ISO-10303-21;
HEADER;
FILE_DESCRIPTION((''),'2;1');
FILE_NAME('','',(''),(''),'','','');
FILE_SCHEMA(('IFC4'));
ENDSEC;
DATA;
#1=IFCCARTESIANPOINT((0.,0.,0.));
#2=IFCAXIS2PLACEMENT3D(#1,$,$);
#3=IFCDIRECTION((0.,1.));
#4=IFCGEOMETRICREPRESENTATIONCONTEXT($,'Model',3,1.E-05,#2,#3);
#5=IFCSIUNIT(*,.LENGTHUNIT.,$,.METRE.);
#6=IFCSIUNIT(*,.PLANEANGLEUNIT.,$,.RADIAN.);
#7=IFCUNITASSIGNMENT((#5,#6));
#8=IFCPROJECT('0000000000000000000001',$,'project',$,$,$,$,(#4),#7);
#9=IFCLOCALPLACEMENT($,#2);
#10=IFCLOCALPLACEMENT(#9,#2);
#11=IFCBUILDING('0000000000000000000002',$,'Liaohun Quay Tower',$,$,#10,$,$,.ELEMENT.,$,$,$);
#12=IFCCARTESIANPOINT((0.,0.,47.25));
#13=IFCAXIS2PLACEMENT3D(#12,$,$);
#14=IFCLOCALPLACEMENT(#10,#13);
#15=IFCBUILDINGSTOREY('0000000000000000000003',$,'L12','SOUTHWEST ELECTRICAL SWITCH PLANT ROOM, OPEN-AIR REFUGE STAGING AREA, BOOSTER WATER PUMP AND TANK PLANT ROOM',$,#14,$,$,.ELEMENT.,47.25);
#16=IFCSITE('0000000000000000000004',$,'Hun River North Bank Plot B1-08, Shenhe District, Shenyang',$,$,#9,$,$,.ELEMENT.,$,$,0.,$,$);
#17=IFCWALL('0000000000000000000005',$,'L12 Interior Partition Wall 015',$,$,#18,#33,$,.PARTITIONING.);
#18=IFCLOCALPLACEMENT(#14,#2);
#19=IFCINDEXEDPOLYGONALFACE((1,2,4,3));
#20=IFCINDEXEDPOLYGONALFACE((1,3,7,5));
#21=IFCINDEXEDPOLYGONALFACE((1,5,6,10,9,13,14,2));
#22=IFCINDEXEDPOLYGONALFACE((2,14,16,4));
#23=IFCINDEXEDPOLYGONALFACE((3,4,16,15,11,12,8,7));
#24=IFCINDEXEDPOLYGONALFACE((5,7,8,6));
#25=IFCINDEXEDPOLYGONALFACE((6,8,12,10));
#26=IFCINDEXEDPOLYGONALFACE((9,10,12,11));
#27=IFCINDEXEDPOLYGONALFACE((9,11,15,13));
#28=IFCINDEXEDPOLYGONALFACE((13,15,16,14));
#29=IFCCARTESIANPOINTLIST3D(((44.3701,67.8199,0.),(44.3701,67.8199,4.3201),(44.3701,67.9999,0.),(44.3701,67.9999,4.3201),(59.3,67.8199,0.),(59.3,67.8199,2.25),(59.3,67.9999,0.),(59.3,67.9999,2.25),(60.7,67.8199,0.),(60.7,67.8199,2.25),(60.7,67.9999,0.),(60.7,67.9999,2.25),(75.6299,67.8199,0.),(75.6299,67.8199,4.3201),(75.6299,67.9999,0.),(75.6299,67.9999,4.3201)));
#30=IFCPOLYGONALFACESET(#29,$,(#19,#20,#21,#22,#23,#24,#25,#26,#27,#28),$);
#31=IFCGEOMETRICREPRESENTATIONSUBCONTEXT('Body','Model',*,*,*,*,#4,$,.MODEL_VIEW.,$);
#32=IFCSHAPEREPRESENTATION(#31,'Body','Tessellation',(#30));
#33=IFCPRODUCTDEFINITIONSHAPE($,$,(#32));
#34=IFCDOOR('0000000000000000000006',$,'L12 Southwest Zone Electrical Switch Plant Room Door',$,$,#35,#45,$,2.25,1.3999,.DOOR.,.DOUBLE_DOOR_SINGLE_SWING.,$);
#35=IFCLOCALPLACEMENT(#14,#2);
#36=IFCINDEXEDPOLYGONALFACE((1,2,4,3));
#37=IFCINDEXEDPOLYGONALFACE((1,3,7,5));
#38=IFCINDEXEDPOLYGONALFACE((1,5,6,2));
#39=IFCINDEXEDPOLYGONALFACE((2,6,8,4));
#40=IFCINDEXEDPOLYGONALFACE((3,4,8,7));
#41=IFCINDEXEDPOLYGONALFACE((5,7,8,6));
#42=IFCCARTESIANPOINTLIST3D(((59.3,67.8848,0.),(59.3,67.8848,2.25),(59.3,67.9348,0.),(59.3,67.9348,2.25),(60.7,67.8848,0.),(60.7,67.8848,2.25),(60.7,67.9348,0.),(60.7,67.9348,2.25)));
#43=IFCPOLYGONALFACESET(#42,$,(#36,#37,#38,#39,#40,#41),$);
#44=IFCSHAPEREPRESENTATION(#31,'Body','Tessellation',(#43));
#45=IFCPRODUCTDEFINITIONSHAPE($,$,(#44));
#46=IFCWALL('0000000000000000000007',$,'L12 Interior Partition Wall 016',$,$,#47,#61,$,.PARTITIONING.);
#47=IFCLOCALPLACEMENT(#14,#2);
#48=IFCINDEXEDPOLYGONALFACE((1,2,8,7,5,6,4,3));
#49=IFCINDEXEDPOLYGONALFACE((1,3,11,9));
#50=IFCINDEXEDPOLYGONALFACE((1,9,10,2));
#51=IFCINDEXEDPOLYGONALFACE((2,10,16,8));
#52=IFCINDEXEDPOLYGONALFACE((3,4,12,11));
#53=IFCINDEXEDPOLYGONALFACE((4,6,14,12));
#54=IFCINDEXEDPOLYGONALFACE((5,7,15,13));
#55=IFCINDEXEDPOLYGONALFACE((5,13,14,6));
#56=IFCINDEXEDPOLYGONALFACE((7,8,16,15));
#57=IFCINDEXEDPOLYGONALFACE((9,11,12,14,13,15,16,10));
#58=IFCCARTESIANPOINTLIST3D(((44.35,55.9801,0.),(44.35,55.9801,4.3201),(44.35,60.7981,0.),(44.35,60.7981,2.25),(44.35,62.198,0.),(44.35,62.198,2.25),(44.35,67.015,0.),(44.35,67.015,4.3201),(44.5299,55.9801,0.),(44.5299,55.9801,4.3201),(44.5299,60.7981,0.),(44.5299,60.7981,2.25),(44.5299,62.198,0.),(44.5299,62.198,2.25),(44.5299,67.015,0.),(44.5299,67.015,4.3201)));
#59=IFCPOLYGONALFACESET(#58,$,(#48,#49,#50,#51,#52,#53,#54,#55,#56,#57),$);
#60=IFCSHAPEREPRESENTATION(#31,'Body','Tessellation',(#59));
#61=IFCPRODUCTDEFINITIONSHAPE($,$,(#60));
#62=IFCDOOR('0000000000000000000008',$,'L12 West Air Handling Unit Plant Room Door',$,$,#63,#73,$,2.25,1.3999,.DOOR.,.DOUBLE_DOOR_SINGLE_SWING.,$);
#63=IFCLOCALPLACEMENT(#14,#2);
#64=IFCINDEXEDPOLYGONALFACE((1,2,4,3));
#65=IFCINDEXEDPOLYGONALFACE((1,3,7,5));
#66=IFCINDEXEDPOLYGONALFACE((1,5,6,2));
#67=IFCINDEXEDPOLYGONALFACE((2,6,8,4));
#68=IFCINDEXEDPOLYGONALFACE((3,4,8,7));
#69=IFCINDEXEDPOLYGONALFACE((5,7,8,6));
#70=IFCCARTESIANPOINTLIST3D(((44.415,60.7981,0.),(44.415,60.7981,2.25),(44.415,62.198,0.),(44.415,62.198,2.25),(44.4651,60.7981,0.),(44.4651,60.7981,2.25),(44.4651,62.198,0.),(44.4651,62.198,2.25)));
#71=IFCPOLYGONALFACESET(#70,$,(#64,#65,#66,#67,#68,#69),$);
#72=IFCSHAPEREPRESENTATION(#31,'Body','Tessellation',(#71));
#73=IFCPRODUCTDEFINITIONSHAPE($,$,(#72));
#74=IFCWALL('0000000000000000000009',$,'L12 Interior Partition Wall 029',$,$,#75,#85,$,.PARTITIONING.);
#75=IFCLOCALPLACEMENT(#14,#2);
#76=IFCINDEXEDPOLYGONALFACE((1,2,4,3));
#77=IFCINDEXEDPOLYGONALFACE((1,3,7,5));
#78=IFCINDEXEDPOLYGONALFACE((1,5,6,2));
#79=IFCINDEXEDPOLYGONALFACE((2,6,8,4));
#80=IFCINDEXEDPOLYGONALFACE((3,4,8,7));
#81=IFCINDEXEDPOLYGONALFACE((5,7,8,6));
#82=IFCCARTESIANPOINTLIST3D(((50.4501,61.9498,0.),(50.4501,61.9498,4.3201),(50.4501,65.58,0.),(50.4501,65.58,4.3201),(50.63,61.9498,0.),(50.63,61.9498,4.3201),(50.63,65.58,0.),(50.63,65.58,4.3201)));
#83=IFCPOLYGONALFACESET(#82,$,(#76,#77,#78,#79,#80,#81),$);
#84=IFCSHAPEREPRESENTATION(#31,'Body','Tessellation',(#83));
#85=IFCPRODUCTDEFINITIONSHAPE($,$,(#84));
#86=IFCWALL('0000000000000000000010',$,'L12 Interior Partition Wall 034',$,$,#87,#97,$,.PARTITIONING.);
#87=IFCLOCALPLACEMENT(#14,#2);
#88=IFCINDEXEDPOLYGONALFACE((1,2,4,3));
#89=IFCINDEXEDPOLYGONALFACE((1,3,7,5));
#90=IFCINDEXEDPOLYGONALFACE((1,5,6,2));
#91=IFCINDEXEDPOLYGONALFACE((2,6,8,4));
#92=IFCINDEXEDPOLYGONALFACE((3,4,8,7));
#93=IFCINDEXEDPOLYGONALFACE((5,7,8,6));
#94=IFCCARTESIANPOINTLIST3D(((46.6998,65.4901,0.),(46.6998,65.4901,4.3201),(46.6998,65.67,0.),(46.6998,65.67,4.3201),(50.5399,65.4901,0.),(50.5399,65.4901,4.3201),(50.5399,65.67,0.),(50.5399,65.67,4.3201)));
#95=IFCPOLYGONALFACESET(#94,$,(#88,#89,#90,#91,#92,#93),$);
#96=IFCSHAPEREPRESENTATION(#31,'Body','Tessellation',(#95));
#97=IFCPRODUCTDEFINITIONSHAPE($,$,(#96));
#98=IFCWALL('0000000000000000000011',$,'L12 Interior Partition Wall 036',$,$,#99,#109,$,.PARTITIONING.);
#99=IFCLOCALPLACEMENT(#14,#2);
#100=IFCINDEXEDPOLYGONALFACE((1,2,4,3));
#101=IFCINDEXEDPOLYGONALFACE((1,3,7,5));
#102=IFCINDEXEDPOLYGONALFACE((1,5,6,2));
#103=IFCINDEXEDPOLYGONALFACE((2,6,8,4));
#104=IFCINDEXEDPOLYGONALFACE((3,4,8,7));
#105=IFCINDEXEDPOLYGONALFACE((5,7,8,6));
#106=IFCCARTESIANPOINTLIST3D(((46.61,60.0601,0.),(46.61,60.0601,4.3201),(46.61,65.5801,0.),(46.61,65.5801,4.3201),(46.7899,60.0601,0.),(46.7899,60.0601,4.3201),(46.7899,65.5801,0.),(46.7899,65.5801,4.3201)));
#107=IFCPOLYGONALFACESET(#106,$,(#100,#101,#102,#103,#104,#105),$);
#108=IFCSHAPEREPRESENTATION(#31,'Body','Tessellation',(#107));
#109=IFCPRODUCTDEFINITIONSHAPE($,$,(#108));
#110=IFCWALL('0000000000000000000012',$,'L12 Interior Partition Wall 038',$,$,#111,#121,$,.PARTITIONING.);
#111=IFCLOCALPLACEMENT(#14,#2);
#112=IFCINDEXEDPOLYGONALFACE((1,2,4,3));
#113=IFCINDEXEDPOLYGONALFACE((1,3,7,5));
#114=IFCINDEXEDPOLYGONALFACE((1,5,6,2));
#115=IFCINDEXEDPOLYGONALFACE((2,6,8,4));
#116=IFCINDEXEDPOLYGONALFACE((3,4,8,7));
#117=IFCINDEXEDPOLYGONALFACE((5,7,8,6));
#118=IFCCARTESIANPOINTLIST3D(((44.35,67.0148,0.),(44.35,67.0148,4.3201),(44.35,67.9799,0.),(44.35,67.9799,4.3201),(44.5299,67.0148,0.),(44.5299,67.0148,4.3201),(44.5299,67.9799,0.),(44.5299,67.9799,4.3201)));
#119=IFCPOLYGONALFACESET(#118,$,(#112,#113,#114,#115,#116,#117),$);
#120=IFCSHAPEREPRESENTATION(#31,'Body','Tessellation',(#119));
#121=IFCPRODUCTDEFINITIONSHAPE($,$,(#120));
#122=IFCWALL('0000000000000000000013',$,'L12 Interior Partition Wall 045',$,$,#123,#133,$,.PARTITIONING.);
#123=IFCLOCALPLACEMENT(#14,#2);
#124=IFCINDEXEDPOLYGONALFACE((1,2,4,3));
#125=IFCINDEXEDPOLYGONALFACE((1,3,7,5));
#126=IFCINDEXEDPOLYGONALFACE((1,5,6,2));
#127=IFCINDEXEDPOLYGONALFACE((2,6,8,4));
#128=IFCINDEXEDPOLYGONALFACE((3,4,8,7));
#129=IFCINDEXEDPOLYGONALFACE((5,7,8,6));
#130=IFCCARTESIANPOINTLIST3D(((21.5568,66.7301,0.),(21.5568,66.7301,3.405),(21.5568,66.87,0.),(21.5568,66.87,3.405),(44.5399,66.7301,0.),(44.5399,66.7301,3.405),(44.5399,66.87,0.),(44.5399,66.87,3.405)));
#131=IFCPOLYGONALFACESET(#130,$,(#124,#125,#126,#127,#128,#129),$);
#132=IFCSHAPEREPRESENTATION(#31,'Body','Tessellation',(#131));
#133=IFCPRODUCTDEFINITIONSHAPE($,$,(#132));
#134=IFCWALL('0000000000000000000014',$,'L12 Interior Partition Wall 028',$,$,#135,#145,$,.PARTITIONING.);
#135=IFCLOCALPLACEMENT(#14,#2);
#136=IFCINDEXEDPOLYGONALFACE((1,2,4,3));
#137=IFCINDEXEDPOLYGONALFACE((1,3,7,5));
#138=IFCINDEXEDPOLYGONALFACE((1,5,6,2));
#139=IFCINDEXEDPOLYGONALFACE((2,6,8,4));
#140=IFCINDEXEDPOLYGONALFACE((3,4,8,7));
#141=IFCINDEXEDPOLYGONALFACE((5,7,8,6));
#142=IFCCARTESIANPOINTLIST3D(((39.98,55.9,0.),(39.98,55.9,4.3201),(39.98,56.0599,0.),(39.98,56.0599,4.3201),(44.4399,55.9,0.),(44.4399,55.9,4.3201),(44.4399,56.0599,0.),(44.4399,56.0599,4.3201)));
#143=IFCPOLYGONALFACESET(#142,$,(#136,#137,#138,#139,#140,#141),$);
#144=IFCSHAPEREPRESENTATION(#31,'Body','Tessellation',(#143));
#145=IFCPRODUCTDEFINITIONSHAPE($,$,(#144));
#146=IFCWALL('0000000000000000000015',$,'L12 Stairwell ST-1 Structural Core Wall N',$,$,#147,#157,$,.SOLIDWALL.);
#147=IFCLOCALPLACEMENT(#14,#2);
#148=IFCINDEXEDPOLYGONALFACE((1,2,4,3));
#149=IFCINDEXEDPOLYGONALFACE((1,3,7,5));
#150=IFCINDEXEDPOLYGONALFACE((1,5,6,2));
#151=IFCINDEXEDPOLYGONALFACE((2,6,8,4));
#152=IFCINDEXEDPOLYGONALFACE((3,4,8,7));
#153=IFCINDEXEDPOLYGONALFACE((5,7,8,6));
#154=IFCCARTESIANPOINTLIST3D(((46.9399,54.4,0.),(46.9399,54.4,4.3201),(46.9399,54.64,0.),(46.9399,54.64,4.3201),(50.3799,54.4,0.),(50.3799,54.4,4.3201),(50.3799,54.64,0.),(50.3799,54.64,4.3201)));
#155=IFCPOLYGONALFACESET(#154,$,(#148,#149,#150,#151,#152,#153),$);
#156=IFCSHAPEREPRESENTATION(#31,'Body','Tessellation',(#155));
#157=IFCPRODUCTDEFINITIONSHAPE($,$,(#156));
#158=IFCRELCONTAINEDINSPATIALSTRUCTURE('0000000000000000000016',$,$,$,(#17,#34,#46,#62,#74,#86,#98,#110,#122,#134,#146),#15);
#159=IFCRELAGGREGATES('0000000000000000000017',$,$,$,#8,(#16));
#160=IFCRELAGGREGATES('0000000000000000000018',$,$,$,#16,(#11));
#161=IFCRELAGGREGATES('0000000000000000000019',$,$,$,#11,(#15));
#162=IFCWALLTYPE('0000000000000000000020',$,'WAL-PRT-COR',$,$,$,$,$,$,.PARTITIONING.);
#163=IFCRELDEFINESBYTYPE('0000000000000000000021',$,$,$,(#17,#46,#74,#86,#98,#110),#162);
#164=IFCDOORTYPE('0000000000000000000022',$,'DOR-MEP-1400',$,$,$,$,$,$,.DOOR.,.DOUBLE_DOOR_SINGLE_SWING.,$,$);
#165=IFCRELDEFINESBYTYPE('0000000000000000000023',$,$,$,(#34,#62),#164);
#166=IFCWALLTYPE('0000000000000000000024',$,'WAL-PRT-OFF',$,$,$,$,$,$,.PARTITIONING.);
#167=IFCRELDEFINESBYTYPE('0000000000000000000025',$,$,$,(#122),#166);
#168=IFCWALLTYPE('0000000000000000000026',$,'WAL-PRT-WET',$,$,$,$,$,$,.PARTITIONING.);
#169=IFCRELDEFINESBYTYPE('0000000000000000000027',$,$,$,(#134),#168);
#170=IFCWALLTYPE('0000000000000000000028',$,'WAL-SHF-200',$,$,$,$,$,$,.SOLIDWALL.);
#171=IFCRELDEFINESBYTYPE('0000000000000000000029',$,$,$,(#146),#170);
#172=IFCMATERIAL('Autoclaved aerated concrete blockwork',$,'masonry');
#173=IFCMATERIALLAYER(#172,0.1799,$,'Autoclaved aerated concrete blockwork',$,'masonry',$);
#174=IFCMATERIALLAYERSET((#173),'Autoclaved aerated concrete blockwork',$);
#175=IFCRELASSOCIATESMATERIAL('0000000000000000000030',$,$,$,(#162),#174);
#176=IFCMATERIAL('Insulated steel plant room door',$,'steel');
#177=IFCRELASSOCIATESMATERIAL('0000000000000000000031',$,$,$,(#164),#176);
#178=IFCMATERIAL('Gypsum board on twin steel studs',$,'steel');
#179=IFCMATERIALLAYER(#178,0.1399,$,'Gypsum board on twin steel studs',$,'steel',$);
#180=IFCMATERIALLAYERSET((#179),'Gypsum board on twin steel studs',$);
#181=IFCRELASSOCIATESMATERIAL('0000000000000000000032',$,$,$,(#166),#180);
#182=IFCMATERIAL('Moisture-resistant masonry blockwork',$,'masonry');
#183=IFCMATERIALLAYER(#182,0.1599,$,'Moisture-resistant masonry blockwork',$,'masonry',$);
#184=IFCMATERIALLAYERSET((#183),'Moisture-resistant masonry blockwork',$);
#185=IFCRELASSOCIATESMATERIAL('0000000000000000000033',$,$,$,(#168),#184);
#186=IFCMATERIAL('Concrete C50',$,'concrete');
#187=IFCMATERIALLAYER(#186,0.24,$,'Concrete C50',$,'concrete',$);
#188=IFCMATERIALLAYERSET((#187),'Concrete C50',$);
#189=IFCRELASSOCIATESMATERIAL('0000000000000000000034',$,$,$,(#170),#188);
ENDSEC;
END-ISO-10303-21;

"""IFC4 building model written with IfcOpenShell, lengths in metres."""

from ifc_helpers import new_model, si_unit, direction, frame, frame_2d, origin, place, context, subcontext, project, spatial, rectangle, extrude, source, transform, mapped, material, layer, layer_set, type_object, element, fill, save


model = new_model("IFC4")

# Units and contexts
model_context = context("Model", 3, precision=1e-05, world=origin(), true_north=direction((0.0, 1.0)))
body_context = subcontext(model_context, "Body", "Model", "MODEL_VIEW")
ifc_project = project(units=[si_unit("LENGTHUNIT", "METRE"), si_unit("PLANEANGLEUNIT", "RADIAN")], contexts=[model_context])

# Site, building, storey
site_placement = place(None, origin())
site = spatial("IfcSite", under=ifc_project, at=site_placement, Name="Hun River North Bank Plot B1-08, Shenhe District, Shenyang", CompositionType="ELEMENT", RefElevation=0.0)
building_placement = place(site_placement, origin())
building = spatial("IfcBuilding", under=site, at=building_placement, Name="Liaohun Quay Tower", CompositionType="ELEMENT")
storey_placement = place(building_placement, frame((0.0, 0.0, 47.25)))
storey = spatial("IfcBuildingStorey", under=building, at=storey_placement, Name="L12", Description="SOUTHWEST ELECTRICAL SWITCH PLANT ROOM, OPEN-AIR REFUGE STAGING AREA, BOOSTER WATER PUMP AND TANK PLANT ROOM", CompositionType="ELEMENT", Elevation=47.25)

# Walls, openings, doors
ifc_material_1 = material(Name="Autoclaved aerated concrete blockwork", Category="masonry")
ifc_layer_1 = layer(ifc_material_1, 0.1799, Name="Autoclaved aerated concrete blockwork", Category="masonry")
ifc_layer_set_1 = layer_set([ifc_layer_1], Name="Autoclaved aerated concrete blockwork")
wall_type_1 = type_object("IfcWallType", Name="WAL-PRT-COR", PredefinedType="PARTITIONING", material=ifc_layer_set_1)
wall_1_placement = place(storey_placement, frame((44.3701, 67.9099, 0.0), z_axis=(0.0, 0.0, 1.0), x_axis=(1.0, 0.0, 0.0)))
wall_1 = element("IfcWall", 1, at=wall_1_placement, inside=storey, type_object=wall_type_1, Name="L12 Interior Partition Wall 015", PredefinedType="PARTITIONING", context=body_context, shape_type="SweptSolid", body=[
    extrude(rectangle(XDim=31.2598, YDim=0.1799, at=frame_2d((15.6299, 0.0))), origin(), (0.0, 0.0, 1.0), 4.3201),
])
shared_shape_1 = source(origin(), body_context, "Body", "SweptSolid", [
    extrude(rectangle(XDim=1.3999, YDim=2.25, at=frame_2d((0.7, 1.125))), frame((0.0, 0.0999, 0.0), z_axis=(0.0, -1.0, 0.0), x_axis=(1.0, 0.0, 0.0)), (0.0, 0.0, 1.0), 0.2),
])
opening_1_placement = place(wall_1_placement, frame((14.9299, 0.0, 0.0)))
opening_1 = element("IfcOpeningElement", 2, at=opening_1_placement, cuts=wall_1, PredefinedType="OPENING", context=body_context, shape_type="MappedRepresentation", body=[
    mapped(shared_shape_1, transform((0.0, 0.0, 0.0), x_axis=(1.0, 0.0, 0.0), y_axis=(0.0, 1.0, 0.0), z_axis=(0.0, 0.0, 1.0), scale=1.0)),
])
ifc_material_2 = material(Name="Insulated steel plant room door", Category="steel")
door_type_1 = type_object("IfcDoorType", Name="DOR-MEP-1400", OperationType="DOUBLE_DOOR_SINGLE_SWING", PredefinedType="DOOR", material=ifc_material_2)
shared_shape_2 = source(origin(), body_context, "Body", "SweptSolid", [
    extrude(rectangle(XDim=1.3999, YDim=2.25, at=frame_2d((0.7, 1.125))), frame((0.0, 0.0249, 0.0), z_axis=(0.0, -1.0, 0.0), x_axis=(1.0, 0.0, 0.0)), (0.0, 0.0, 1.0), 0.05),
])
door_1_placement = place(opening_1_placement, origin())
door_1 = element("IfcDoor", 3, at=door_1_placement, inside=storey, type_object=door_type_1, Name="L12 Southwest Zone Electrical Switch Plant Room Door", OperationType="DOUBLE_DOOR_SINGLE_SWING", OverallHeight=2.25, OverallWidth=1.3999, PredefinedType="DOOR", context=body_context, shape_type="MappedRepresentation", body=[
    mapped(shared_shape_2, transform((0.0, 0.0, 0.0), x_axis=(1.0, 0.0, 0.0), y_axis=(0.0, 1.0, 0.0), z_axis=(0.0, 0.0, 1.0), scale=1.0)),
])
fill(opening_1, door_1)
wall_2_placement = place(storey_placement, frame((44.4399, 55.98, 0.0), z_axis=(0.0, 0.0, 1.0), x_axis=(0.0, 1.0, 0.0)))
wall_2 = element("IfcWall", 4, at=wall_2_placement, inside=storey, type_object=wall_type_1, Name="L12 Interior Partition Wall 016", PredefinedType="PARTITIONING", context=body_context, shape_type="SweptSolid", body=[
    extrude(rectangle(XDim=11.0349, YDim=0.1799, at=frame_2d((5.5176, 0.0))), origin(), (0.0, 0.0, 1.0), 4.3201),
])
opening_2_placement = place(wall_2_placement, frame((4.8181, 0.0, 0.0)))
opening_2 = element("IfcOpeningElement", 5, at=opening_2_placement, cuts=wall_2, PredefinedType="OPENING", context=body_context, shape_type="MappedRepresentation", body=[
    mapped(shared_shape_1, transform((0.0, 0.0, 0.0), x_axis=(1.0, 0.0, 0.0), y_axis=(0.0, 1.0, 0.0), z_axis=(0.0, 0.0, 1.0), scale=1.0)),
])
door_2_placement = place(opening_2_placement, origin())
door_2 = element("IfcDoor", 6, at=door_2_placement, inside=storey, type_object=door_type_1, Name="L12 West Air Handling Unit Plant Room Door", OperationType="DOUBLE_DOOR_SINGLE_SWING", OverallHeight=2.25, OverallWidth=1.3999, PredefinedType="DOOR", context=body_context, shape_type="MappedRepresentation", body=[
    mapped(shared_shape_2, transform((0.0, 0.0, 0.0), x_axis=(1.0, 0.0, 0.0), y_axis=(0.0, 1.0, 0.0), z_axis=(0.0, 0.0, 1.0), scale=1.0)),
])
fill(opening_2, door_2)

# Walls
wall_3_placement = place(storey_placement, frame((50.54, 61.95, 0.0), z_axis=(0.0, 0.0, 1.0), x_axis=(0.0, 1.0, 0.0)))
element("IfcWall", 7, at=wall_3_placement, inside=storey, type_object=wall_type_1, Name="L12 Interior Partition Wall 029", PredefinedType="PARTITIONING", context=body_context, shape_type="SweptSolid", body=[
    extrude(rectangle(XDim=3.6301, YDim=0.1799, at=frame_2d((1.8149, 0.0))), origin(), (0.0, 0.0, 1.0), 4.3201),
])
wall_4_placement = place(storey_placement, frame((46.7, 65.5801, 0.0), z_axis=(0.0, 0.0, 1.0), x_axis=(1.0, 0.0, 0.0)))
element("IfcWall", 8, at=wall_4_placement, inside=storey, type_object=wall_type_1, Name="L12 Interior Partition Wall 034", PredefinedType="PARTITIONING", context=body_context, shape_type="SweptSolid", body=[
    extrude(rectangle(XDim=3.8401, YDim=0.1799, at=frame_2d((1.9199, 0.0))), origin(), (0.0, 0.0, 1.0), 4.3201),
])
wall_5_placement = place(storey_placement, frame((46.7, 60.0601, 0.0), z_axis=(0.0, 0.0, 1.0), x_axis=(0.0, 1.0, 0.0)))
element("IfcWall", 9, at=wall_5_placement, inside=storey, type_object=wall_type_1, Name="L12 Interior Partition Wall 036", PredefinedType="PARTITIONING", context=body_context, shape_type="SweptSolid", body=[
    extrude(rectangle(XDim=5.52, YDim=0.1799, at=frame_2d((2.76, 0.0))), origin(), (0.0, 0.0, 1.0), 4.3201),
])
wall_6_placement = place(storey_placement, frame((44.4399, 67.0149, 0.0), z_axis=(0.0, 0.0, 1.0), x_axis=(0.0, 1.0, 0.0)))
element("IfcWall", 10, at=wall_6_placement, inside=storey, type_object=wall_type_1, Name="L12 Interior Partition Wall 038", PredefinedType="PARTITIONING", context=body_context, shape_type="SweptSolid", body=[
    extrude(rectangle(XDim=0.9651, YDim=0.1799, at=frame_2d((0.4824, 0.0))), origin(), (0.0, 0.0, 1.0), 4.3201),
])
ifc_material_3 = material(Name="Gypsum board on twin steel studs", Category="steel")
ifc_layer_2 = layer(ifc_material_3, 0.1399, Name="Gypsum board on twin steel studs", Category="steel")
ifc_layer_set_2 = layer_set([ifc_layer_2], Name="Gypsum board on twin steel studs")
wall_type_2 = type_object("IfcWallType", Name="WAL-PRT-OFF", PredefinedType="PARTITIONING", material=ifc_layer_set_2)
wall_7_placement = place(storey_placement, frame((44.54, 66.8, 0.0), z_axis=(0.0, 0.0, 1.0), x_axis=(-1.0, 0.0, 0.0)))
element("IfcWall", 11, at=wall_7_placement, inside=storey, type_object=wall_type_2, Name="L12 Interior Partition Wall 045", PredefinedType="PARTITIONING", context=body_context, shape_type="SweptSolid", body=[
    extrude(rectangle(XDim=22.9832, YDim=0.1399, at=frame_2d((11.4917, 0.0))), origin(), (0.0, 0.0, 1.0), 3.405),
])

# Shared definitions
ifc_material_4 = material(Name="Moisture-resistant masonry blockwork", Category="masonry")
ifc_layer_3 = layer(ifc_material_4, 0.1599, Name="Moisture-resistant masonry blockwork", Category="masonry")
ifc_layer_set_3 = layer_set([ifc_layer_3], Name="Moisture-resistant masonry blockwork")
wall_type_3 = type_object("IfcWallType", Name="WAL-PRT-WET", PredefinedType="PARTITIONING", material=ifc_layer_set_3)

# Walls
wall_8_placement = place(storey_placement, frame((39.98, 55.98, 0.0), z_axis=(0.0, 0.0, 1.0), x_axis=(1.0, 0.0, 0.0)))
element("IfcWall", 12, at=wall_8_placement, inside=storey, type_object=wall_type_3, Name="L12 Interior Partition Wall 028", PredefinedType="PARTITIONING", context=body_context, shape_type="SweptSolid", body=[
    extrude(rectangle(XDim=4.46, YDim=0.1599, at=frame_2d((2.23, 0.0))), origin(), (0.0, 0.0, 1.0), 4.3201),
])
ifc_material_5 = material(Name="Concrete C50", Category="concrete")
ifc_layer_4 = layer(ifc_material_5, 0.24, Name="Concrete C50", Category="concrete")
ifc_layer_set_4 = layer_set([ifc_layer_4], Name="Concrete C50")
wall_type_4 = type_object("IfcWallType", Name="WAL-SHF-200", PredefinedType="SOLIDWALL", material=ifc_layer_set_4)
wall_9_placement = place(storey_placement, frame((50.3799, 54.52, 0.0), z_axis=(0.0, 0.0, 1.0), x_axis=(-1.0, 0.0, 0.0)))
element("IfcWall", 13, at=wall_9_placement, inside=storey, type_object=wall_type_4, Name="L12 Stairwell ST-1 Structural Core Wall N", PredefinedType="SOLIDWALL", context=body_context, shape_type="SweptSolid", body=[
    extrude(rectangle(XDim=3.4399, YDim=0.24, at=frame_2d((1.72, 0.0))), origin(), (0.0, 0.0, 1.0), 4.3201),
])

save(model, "model.ifc")
